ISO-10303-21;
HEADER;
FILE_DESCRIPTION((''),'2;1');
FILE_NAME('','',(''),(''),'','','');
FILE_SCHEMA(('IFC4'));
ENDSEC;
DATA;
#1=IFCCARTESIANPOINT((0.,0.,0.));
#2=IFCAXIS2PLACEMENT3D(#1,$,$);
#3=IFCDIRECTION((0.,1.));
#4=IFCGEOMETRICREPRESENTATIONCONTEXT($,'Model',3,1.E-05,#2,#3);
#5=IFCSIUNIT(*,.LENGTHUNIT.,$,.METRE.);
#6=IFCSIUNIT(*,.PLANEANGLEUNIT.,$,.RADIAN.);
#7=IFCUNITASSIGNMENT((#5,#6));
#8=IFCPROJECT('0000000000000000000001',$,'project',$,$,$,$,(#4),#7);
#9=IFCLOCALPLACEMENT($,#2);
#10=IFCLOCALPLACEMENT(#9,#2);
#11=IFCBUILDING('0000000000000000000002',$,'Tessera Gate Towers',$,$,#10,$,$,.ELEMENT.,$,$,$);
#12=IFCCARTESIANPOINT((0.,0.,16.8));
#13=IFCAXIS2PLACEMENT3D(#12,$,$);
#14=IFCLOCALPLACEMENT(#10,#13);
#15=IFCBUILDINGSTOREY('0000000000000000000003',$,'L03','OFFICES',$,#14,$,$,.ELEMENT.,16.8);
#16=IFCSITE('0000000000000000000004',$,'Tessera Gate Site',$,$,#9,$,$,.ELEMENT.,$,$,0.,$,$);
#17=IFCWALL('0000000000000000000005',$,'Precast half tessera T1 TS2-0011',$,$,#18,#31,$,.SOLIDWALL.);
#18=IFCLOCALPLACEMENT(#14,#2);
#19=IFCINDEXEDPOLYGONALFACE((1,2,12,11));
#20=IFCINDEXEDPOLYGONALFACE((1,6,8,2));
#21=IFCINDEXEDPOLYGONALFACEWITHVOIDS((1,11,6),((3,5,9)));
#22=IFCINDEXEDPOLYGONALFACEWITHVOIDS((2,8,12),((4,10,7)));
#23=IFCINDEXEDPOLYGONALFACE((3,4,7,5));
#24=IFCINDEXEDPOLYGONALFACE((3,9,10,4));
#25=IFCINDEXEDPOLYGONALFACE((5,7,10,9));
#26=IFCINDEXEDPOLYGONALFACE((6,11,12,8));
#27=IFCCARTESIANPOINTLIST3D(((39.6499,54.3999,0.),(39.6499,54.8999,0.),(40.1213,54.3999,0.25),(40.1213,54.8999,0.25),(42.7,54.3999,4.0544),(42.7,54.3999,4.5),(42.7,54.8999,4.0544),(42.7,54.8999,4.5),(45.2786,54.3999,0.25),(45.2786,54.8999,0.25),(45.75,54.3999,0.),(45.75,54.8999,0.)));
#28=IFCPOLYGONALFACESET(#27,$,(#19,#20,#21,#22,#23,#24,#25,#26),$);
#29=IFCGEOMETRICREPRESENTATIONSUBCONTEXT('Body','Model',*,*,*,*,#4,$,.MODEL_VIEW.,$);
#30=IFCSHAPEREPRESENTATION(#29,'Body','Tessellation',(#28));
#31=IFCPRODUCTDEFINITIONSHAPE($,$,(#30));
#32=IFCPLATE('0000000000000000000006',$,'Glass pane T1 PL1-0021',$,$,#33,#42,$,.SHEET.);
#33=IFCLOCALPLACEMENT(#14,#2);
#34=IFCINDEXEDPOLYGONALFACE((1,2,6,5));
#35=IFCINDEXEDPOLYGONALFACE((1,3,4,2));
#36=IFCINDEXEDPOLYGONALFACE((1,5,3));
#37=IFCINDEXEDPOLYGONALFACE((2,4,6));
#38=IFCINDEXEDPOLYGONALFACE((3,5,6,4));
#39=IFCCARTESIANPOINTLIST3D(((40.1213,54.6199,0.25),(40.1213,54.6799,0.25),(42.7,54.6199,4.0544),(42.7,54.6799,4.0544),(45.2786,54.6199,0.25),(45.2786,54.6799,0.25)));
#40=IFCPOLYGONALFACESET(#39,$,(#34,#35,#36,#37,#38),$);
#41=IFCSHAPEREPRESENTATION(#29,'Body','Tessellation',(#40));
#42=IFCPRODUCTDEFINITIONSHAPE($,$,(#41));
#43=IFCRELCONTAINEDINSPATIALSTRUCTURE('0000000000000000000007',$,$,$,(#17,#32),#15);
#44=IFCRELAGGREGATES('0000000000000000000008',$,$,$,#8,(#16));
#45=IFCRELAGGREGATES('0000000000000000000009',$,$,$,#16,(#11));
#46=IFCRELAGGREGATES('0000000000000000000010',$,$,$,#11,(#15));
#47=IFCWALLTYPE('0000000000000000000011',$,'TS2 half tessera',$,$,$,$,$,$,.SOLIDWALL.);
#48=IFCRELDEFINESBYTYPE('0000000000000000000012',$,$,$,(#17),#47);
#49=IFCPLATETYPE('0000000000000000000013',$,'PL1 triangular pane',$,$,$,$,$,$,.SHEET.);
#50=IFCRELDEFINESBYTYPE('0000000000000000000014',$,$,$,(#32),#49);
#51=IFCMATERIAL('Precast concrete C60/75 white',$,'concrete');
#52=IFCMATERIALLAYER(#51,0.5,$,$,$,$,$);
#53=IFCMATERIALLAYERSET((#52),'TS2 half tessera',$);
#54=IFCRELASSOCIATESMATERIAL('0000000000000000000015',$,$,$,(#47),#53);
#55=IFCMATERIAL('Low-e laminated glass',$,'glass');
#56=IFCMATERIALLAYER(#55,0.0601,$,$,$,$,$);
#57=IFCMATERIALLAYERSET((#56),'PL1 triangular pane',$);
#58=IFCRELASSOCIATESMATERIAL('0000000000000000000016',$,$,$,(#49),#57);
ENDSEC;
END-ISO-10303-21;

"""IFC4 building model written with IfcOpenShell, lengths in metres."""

from ifc_helpers import new_model, si_unit, direction, frame, origin, place, context, subcontext, project, spatial, polyline, outline, extrude, source, transform, mapped, material, layer, layer_set, type_object, element, fill, save


model = new_model("IFC4")

# Units and contexts
model_context = context("Model", 3, precision=1e-05, world=origin(), true_north=direction((0.0, 1.0)))
body_context = subcontext(model_context, "Body", "Model", "MODEL_VIEW")
ifc_project = project(units=[si_unit("LENGTHUNIT", "METRE"), si_unit("PLANEANGLEUNIT", "RADIAN")], contexts=[model_context])

# Site, building, storey
site_placement = place(None, origin())
site = spatial("IfcSite", under=ifc_project, at=site_placement, Name="Tessera Gate Site", CompositionType="ELEMENT", RefElevation=0.0)
building_placement = place(site_placement, origin())
building = spatial("IfcBuilding", under=site, at=building_placement, Name="Tessera Gate Towers", CompositionType="ELEMENT")
storey_placement = place(building_placement, frame((0.0, 0.0, 16.8)))
storey = spatial("IfcBuildingStorey", under=building, at=storey_placement, Name="L03", Description="OFFICES", CompositionType="ELEMENT", Elevation=16.8)

# Wall, opening, plate
ifc_material_1 = material(Name="Precast concrete C60/75 white", Category="concrete")
ifc_layer_1 = layer(ifc_material_1, 0.5)
ifc_layer_set_1 = layer_set([ifc_layer_1], Name="TS2 half tessera")
wall_type_1 = type_object("IfcWallType", Name="TS2 half tessera", PredefinedType="SOLIDWALL", material=ifc_layer_set_1)
shared_shape_1 = source(origin(), body_context, "Body", "SweptSolid", [
    extrude(outline(polyline([(6.1001, 0.0), (3.05, 4.5), (0.0, 0.0), (6.1001, 0.0)])), frame((0.0, 0.25, 0.0), z_axis=(0.0, -1.0, 0.0), x_axis=(1.0, 0.0, 0.0)), (0.0, 0.0, 1.0), 0.5),
])
shared_shape_2 = source(origin(), body_context, "Body", "SweptSolid", [
    extrude(outline(polyline([(5.6287, 0.25), (3.05, 4.0544), (0.4714, 0.25), (5.6287, 0.25)])), frame((0.0, 0.26, 0.0), z_axis=(0.0, -1.0, 0.0), x_axis=(1.0, 0.0, 0.0)), (0.0, 0.0, 1.0), 0.52),
])
ifc_material_2 = material(Name="Low-e laminated glass", Category="glass")
ifc_layer_2 = layer(ifc_material_2, 0.0601)
ifc_layer_set_2 = layer_set([ifc_layer_2], Name="PL1 triangular pane")
plate_type = type_object("IfcPlateType", Name="PL1 triangular pane", PredefinedType="SHEET", material=ifc_layer_set_2)
shared_shape_3 = source(origin(), body_context, "Body", "SweptSolid", [
    extrude(outline(polyline([(5.6287, 0.25), (3.05, 4.0544), (0.4714, 0.25), (5.6287, 0.25)])), frame((0.0, 0.03, 0.0), z_axis=(0.0, -1.0, 0.0), x_axis=(1.0, 0.0, 0.0)), (0.0, 0.0, 1.0), 0.0601),
])
wall_1_placement = place(storey_placement, frame((45.75, 54.6499, 0.0), z_axis=(0.0, 0.0, 1.0), x_axis=(-1.0, 0.0, 0.0)))
wall_1 = element("IfcWall", 1, at=wall_1_placement, inside=storey, type_object=wall_type_1, Name="Precast half tessera T1 TS2-0011", PredefinedType="SOLIDWALL", context=body_context, shape_type="MappedRepresentation", body=[
    mapped(shared_shape_1, transform((0.0, 0.0, 0.0), scale=1.0)),
])
opening_1_placement = place(wall_1_placement, origin())
opening_1 = element("IfcOpeningElement", 2, at=opening_1_placement, cuts=wall_1, PredefinedType="OPENING", context=body_context, shape_type="MappedRepresentation", body=[
    mapped(shared_shape_2, transform((0.0, 0.0, 0.0), scale=1.0)),
])
plate_1_placement = place(opening_1_placement, origin())
plate_1 = element("IfcPlate", 3, at=plate_1_placement, inside=storey, type_object=plate_type, Name="Glass pane T1 PL1-0021", PredefinedType="SHEET", context=body_context, shape_type="MappedRepresentation", body=[
    mapped(shared_shape_3, transform((0.0, 0.0, 0.0), scale=1.0)),
])
fill(opening_1, plate_1)

save(model, "model.ifc")
